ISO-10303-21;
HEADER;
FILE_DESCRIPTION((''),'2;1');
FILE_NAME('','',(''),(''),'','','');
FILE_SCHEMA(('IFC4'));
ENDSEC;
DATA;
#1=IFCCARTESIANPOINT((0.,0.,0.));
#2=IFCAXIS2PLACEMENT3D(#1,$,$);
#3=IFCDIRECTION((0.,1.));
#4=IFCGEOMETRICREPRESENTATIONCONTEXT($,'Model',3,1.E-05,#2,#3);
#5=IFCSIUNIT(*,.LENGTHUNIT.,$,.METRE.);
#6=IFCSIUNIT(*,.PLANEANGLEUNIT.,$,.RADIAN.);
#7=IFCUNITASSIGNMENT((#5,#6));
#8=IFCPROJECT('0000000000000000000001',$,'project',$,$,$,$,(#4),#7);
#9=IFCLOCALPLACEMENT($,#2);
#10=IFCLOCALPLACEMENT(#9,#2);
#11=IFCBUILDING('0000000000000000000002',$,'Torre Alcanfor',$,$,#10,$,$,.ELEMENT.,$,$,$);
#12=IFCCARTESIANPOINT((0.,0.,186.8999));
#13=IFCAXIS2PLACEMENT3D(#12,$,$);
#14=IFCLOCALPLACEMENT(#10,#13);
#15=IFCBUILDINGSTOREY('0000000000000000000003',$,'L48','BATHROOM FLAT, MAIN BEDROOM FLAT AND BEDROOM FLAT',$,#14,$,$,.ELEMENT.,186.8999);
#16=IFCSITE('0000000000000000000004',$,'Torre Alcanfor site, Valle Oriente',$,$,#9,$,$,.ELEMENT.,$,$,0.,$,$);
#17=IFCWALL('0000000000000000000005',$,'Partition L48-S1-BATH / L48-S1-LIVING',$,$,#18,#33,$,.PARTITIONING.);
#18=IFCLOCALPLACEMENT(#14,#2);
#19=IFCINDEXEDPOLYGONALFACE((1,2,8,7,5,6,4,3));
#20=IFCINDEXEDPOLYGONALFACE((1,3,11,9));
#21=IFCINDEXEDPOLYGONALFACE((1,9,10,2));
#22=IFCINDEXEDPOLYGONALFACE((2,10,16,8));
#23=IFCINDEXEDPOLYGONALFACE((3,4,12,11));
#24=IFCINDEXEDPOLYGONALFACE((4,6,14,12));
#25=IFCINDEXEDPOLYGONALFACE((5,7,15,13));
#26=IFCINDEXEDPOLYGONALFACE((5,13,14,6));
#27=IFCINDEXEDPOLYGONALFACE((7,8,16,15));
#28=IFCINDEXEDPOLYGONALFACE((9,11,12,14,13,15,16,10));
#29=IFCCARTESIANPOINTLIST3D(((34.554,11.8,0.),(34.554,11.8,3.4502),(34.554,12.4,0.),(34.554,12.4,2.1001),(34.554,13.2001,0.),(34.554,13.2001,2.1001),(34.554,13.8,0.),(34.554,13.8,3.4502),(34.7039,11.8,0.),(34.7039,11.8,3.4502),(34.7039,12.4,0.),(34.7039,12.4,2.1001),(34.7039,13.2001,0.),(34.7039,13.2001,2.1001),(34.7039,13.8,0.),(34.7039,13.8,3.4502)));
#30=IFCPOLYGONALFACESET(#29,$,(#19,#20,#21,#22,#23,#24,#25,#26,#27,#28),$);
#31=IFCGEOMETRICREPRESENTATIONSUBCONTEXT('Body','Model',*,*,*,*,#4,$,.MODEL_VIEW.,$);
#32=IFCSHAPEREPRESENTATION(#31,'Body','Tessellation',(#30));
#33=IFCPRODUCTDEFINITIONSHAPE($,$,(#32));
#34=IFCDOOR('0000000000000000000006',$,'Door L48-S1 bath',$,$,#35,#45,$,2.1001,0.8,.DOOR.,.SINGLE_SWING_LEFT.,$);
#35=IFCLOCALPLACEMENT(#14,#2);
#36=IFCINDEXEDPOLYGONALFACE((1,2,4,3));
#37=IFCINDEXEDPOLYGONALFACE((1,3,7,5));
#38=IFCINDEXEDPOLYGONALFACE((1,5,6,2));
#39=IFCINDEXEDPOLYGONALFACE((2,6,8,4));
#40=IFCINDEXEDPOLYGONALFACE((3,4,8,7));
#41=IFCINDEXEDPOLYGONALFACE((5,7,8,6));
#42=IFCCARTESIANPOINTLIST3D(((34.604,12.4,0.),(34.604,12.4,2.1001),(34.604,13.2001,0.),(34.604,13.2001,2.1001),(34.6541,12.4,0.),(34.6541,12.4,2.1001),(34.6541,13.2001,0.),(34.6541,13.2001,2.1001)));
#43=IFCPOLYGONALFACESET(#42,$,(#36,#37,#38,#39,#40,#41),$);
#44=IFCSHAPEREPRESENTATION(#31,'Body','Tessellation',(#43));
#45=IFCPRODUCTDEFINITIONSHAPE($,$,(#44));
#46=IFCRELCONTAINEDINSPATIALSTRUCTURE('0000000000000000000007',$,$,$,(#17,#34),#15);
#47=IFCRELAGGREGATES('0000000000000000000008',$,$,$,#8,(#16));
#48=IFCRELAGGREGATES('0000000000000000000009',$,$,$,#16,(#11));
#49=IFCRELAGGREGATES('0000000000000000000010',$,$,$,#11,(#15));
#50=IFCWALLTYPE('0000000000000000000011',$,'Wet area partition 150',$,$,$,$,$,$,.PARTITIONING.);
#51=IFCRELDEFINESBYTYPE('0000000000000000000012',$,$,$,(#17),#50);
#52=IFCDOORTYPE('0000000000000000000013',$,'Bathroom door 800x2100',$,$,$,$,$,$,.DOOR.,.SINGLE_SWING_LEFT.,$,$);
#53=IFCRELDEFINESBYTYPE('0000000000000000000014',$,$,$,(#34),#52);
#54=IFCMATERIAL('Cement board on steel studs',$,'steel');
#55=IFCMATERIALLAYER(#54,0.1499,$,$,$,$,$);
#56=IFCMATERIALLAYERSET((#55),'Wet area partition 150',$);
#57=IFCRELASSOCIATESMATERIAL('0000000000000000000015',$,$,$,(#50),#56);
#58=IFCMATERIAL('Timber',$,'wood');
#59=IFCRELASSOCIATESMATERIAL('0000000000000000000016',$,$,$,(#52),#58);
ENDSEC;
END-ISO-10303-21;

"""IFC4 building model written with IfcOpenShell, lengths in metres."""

from ifc_helpers import new_model, si_unit, direction, frame, frame_2d, origin, place, context, subcontext, project, spatial, rectangle, extrude, material, layer, layer_set, type_object, element, fill, save


model = new_model("IFC4")

# Units and contexts
model_context = context("Model", 3, precision=1e-05, world=origin(), true_north=direction((0.0, 1.0)))
body_context = subcontext(model_context, "Body", "Model", "MODEL_VIEW")
ifc_project = project(units=[si_unit("LENGTHUNIT", "METRE"), si_unit("PLANEANGLEUNIT", "RADIAN")], contexts=[model_context])

# Site, building, storey
site_placement = place(None, origin())
site = spatial("IfcSite", under=ifc_project, at=site_placement, Name="Torre Alcanfor site, Valle Oriente", CompositionType="ELEMENT", RefElevation=0.0)
building_placement = place(site_placement, origin())
building = spatial("IfcBuilding", under=site, at=building_placement, Name="Torre Alcanfor", CompositionType="ELEMENT")
storey_placement = place(building_placement, frame((0.0, 0.0, 186.8999)))
storey = spatial("IfcBuildingStorey", under=building, at=storey_placement, Name="L48", Description="BATHROOM FLAT, MAIN BEDROOM FLAT AND BEDROOM FLAT", CompositionType="ELEMENT", Elevation=186.8999)

# Shared definitions
ifc_material_1 = material(Name="Cement board on steel studs", Category="steel")
ifc_layer_1 = layer(ifc_material_1, 0.1499)
ifc_layer_set_1 = layer_set([ifc_layer_1], Name="Wet area partition 150")
wall_type_1 = type_object("IfcWallType", Name="Wet area partition 150", PredefinedType="PARTITIONING", material=ifc_layer_set_1)

# Wall, opening, door
wall_1_placement = place(storey_placement, frame((34.6289, 11.8, 0.0), z_axis=(0.0, 0.0, 1.0), x_axis=(0.0, 1.0, 0.0)))
wall_1 = element("IfcWall", 1, at=wall_1_placement, inside=storey, type_object=wall_type_1, Name="Partition L48-S1-BATH / L48-S1-LIVING", PredefinedType="PARTITIONING", context=body_context, shape_type="SweptSolid", body=[
    extrude(rectangle(XDim=2.0, YDim=0.1499, at=frame_2d((1.0, 0.0))), origin(), (0.0, 0.0, 1.0), 3.4502),
])
opening_1_placement = place(wall_1_placement, frame((0.6001, 0.0, 0.0)))
opening_1 = element("IfcOpeningElement", 2, at=opening_1_placement, cuts=wall_1, PredefinedType="OPENING", context=body_context, shape_type="SweptSolid", body=[
    extrude(rectangle(XDim=0.8, YDim=2.1001, at=frame_2d((0.3999, 1.05))), frame((0.0, 0.085, 0.0), z_axis=(0.0, -1.0, 0.0), x_axis=(1.0, 0.0, 0.0)), (0.0, 0.0, 1.0), 0.1699),
])
ifc_material_2 = material(Name="Timber", Category="wood")
door_type_1 = type_object("IfcDoorType", Name="Bathroom door 800x2100", OperationType="SINGLE_SWING_LEFT", PredefinedType="DOOR", material=ifc_material_2)
door_1_placement = place(opening_1_placement, origin())
door_1 = element("IfcDoor", 3, at=door_1_placement, inside=storey, type_object=door_type_1, Name="Door L48-S1 bath", OperationType="SINGLE_SWING_LEFT", OverallHeight=2.1001, OverallWidth=0.8, PredefinedType="DOOR", context=body_context, shape_type="SweptSolid", body=[
    extrude(rectangle(XDim=0.8, YDim=2.1001, at=frame_2d((0.3999, 1.05))), frame((0.0, 0.0249, 0.0), z_axis=(0.0, -1.0, 0.0), x_axis=(1.0, 0.0, 0.0)), (0.0, 0.0, 1.0), 0.05),
])
fill(opening_1, door_1)

save(model, "model.ifc")
